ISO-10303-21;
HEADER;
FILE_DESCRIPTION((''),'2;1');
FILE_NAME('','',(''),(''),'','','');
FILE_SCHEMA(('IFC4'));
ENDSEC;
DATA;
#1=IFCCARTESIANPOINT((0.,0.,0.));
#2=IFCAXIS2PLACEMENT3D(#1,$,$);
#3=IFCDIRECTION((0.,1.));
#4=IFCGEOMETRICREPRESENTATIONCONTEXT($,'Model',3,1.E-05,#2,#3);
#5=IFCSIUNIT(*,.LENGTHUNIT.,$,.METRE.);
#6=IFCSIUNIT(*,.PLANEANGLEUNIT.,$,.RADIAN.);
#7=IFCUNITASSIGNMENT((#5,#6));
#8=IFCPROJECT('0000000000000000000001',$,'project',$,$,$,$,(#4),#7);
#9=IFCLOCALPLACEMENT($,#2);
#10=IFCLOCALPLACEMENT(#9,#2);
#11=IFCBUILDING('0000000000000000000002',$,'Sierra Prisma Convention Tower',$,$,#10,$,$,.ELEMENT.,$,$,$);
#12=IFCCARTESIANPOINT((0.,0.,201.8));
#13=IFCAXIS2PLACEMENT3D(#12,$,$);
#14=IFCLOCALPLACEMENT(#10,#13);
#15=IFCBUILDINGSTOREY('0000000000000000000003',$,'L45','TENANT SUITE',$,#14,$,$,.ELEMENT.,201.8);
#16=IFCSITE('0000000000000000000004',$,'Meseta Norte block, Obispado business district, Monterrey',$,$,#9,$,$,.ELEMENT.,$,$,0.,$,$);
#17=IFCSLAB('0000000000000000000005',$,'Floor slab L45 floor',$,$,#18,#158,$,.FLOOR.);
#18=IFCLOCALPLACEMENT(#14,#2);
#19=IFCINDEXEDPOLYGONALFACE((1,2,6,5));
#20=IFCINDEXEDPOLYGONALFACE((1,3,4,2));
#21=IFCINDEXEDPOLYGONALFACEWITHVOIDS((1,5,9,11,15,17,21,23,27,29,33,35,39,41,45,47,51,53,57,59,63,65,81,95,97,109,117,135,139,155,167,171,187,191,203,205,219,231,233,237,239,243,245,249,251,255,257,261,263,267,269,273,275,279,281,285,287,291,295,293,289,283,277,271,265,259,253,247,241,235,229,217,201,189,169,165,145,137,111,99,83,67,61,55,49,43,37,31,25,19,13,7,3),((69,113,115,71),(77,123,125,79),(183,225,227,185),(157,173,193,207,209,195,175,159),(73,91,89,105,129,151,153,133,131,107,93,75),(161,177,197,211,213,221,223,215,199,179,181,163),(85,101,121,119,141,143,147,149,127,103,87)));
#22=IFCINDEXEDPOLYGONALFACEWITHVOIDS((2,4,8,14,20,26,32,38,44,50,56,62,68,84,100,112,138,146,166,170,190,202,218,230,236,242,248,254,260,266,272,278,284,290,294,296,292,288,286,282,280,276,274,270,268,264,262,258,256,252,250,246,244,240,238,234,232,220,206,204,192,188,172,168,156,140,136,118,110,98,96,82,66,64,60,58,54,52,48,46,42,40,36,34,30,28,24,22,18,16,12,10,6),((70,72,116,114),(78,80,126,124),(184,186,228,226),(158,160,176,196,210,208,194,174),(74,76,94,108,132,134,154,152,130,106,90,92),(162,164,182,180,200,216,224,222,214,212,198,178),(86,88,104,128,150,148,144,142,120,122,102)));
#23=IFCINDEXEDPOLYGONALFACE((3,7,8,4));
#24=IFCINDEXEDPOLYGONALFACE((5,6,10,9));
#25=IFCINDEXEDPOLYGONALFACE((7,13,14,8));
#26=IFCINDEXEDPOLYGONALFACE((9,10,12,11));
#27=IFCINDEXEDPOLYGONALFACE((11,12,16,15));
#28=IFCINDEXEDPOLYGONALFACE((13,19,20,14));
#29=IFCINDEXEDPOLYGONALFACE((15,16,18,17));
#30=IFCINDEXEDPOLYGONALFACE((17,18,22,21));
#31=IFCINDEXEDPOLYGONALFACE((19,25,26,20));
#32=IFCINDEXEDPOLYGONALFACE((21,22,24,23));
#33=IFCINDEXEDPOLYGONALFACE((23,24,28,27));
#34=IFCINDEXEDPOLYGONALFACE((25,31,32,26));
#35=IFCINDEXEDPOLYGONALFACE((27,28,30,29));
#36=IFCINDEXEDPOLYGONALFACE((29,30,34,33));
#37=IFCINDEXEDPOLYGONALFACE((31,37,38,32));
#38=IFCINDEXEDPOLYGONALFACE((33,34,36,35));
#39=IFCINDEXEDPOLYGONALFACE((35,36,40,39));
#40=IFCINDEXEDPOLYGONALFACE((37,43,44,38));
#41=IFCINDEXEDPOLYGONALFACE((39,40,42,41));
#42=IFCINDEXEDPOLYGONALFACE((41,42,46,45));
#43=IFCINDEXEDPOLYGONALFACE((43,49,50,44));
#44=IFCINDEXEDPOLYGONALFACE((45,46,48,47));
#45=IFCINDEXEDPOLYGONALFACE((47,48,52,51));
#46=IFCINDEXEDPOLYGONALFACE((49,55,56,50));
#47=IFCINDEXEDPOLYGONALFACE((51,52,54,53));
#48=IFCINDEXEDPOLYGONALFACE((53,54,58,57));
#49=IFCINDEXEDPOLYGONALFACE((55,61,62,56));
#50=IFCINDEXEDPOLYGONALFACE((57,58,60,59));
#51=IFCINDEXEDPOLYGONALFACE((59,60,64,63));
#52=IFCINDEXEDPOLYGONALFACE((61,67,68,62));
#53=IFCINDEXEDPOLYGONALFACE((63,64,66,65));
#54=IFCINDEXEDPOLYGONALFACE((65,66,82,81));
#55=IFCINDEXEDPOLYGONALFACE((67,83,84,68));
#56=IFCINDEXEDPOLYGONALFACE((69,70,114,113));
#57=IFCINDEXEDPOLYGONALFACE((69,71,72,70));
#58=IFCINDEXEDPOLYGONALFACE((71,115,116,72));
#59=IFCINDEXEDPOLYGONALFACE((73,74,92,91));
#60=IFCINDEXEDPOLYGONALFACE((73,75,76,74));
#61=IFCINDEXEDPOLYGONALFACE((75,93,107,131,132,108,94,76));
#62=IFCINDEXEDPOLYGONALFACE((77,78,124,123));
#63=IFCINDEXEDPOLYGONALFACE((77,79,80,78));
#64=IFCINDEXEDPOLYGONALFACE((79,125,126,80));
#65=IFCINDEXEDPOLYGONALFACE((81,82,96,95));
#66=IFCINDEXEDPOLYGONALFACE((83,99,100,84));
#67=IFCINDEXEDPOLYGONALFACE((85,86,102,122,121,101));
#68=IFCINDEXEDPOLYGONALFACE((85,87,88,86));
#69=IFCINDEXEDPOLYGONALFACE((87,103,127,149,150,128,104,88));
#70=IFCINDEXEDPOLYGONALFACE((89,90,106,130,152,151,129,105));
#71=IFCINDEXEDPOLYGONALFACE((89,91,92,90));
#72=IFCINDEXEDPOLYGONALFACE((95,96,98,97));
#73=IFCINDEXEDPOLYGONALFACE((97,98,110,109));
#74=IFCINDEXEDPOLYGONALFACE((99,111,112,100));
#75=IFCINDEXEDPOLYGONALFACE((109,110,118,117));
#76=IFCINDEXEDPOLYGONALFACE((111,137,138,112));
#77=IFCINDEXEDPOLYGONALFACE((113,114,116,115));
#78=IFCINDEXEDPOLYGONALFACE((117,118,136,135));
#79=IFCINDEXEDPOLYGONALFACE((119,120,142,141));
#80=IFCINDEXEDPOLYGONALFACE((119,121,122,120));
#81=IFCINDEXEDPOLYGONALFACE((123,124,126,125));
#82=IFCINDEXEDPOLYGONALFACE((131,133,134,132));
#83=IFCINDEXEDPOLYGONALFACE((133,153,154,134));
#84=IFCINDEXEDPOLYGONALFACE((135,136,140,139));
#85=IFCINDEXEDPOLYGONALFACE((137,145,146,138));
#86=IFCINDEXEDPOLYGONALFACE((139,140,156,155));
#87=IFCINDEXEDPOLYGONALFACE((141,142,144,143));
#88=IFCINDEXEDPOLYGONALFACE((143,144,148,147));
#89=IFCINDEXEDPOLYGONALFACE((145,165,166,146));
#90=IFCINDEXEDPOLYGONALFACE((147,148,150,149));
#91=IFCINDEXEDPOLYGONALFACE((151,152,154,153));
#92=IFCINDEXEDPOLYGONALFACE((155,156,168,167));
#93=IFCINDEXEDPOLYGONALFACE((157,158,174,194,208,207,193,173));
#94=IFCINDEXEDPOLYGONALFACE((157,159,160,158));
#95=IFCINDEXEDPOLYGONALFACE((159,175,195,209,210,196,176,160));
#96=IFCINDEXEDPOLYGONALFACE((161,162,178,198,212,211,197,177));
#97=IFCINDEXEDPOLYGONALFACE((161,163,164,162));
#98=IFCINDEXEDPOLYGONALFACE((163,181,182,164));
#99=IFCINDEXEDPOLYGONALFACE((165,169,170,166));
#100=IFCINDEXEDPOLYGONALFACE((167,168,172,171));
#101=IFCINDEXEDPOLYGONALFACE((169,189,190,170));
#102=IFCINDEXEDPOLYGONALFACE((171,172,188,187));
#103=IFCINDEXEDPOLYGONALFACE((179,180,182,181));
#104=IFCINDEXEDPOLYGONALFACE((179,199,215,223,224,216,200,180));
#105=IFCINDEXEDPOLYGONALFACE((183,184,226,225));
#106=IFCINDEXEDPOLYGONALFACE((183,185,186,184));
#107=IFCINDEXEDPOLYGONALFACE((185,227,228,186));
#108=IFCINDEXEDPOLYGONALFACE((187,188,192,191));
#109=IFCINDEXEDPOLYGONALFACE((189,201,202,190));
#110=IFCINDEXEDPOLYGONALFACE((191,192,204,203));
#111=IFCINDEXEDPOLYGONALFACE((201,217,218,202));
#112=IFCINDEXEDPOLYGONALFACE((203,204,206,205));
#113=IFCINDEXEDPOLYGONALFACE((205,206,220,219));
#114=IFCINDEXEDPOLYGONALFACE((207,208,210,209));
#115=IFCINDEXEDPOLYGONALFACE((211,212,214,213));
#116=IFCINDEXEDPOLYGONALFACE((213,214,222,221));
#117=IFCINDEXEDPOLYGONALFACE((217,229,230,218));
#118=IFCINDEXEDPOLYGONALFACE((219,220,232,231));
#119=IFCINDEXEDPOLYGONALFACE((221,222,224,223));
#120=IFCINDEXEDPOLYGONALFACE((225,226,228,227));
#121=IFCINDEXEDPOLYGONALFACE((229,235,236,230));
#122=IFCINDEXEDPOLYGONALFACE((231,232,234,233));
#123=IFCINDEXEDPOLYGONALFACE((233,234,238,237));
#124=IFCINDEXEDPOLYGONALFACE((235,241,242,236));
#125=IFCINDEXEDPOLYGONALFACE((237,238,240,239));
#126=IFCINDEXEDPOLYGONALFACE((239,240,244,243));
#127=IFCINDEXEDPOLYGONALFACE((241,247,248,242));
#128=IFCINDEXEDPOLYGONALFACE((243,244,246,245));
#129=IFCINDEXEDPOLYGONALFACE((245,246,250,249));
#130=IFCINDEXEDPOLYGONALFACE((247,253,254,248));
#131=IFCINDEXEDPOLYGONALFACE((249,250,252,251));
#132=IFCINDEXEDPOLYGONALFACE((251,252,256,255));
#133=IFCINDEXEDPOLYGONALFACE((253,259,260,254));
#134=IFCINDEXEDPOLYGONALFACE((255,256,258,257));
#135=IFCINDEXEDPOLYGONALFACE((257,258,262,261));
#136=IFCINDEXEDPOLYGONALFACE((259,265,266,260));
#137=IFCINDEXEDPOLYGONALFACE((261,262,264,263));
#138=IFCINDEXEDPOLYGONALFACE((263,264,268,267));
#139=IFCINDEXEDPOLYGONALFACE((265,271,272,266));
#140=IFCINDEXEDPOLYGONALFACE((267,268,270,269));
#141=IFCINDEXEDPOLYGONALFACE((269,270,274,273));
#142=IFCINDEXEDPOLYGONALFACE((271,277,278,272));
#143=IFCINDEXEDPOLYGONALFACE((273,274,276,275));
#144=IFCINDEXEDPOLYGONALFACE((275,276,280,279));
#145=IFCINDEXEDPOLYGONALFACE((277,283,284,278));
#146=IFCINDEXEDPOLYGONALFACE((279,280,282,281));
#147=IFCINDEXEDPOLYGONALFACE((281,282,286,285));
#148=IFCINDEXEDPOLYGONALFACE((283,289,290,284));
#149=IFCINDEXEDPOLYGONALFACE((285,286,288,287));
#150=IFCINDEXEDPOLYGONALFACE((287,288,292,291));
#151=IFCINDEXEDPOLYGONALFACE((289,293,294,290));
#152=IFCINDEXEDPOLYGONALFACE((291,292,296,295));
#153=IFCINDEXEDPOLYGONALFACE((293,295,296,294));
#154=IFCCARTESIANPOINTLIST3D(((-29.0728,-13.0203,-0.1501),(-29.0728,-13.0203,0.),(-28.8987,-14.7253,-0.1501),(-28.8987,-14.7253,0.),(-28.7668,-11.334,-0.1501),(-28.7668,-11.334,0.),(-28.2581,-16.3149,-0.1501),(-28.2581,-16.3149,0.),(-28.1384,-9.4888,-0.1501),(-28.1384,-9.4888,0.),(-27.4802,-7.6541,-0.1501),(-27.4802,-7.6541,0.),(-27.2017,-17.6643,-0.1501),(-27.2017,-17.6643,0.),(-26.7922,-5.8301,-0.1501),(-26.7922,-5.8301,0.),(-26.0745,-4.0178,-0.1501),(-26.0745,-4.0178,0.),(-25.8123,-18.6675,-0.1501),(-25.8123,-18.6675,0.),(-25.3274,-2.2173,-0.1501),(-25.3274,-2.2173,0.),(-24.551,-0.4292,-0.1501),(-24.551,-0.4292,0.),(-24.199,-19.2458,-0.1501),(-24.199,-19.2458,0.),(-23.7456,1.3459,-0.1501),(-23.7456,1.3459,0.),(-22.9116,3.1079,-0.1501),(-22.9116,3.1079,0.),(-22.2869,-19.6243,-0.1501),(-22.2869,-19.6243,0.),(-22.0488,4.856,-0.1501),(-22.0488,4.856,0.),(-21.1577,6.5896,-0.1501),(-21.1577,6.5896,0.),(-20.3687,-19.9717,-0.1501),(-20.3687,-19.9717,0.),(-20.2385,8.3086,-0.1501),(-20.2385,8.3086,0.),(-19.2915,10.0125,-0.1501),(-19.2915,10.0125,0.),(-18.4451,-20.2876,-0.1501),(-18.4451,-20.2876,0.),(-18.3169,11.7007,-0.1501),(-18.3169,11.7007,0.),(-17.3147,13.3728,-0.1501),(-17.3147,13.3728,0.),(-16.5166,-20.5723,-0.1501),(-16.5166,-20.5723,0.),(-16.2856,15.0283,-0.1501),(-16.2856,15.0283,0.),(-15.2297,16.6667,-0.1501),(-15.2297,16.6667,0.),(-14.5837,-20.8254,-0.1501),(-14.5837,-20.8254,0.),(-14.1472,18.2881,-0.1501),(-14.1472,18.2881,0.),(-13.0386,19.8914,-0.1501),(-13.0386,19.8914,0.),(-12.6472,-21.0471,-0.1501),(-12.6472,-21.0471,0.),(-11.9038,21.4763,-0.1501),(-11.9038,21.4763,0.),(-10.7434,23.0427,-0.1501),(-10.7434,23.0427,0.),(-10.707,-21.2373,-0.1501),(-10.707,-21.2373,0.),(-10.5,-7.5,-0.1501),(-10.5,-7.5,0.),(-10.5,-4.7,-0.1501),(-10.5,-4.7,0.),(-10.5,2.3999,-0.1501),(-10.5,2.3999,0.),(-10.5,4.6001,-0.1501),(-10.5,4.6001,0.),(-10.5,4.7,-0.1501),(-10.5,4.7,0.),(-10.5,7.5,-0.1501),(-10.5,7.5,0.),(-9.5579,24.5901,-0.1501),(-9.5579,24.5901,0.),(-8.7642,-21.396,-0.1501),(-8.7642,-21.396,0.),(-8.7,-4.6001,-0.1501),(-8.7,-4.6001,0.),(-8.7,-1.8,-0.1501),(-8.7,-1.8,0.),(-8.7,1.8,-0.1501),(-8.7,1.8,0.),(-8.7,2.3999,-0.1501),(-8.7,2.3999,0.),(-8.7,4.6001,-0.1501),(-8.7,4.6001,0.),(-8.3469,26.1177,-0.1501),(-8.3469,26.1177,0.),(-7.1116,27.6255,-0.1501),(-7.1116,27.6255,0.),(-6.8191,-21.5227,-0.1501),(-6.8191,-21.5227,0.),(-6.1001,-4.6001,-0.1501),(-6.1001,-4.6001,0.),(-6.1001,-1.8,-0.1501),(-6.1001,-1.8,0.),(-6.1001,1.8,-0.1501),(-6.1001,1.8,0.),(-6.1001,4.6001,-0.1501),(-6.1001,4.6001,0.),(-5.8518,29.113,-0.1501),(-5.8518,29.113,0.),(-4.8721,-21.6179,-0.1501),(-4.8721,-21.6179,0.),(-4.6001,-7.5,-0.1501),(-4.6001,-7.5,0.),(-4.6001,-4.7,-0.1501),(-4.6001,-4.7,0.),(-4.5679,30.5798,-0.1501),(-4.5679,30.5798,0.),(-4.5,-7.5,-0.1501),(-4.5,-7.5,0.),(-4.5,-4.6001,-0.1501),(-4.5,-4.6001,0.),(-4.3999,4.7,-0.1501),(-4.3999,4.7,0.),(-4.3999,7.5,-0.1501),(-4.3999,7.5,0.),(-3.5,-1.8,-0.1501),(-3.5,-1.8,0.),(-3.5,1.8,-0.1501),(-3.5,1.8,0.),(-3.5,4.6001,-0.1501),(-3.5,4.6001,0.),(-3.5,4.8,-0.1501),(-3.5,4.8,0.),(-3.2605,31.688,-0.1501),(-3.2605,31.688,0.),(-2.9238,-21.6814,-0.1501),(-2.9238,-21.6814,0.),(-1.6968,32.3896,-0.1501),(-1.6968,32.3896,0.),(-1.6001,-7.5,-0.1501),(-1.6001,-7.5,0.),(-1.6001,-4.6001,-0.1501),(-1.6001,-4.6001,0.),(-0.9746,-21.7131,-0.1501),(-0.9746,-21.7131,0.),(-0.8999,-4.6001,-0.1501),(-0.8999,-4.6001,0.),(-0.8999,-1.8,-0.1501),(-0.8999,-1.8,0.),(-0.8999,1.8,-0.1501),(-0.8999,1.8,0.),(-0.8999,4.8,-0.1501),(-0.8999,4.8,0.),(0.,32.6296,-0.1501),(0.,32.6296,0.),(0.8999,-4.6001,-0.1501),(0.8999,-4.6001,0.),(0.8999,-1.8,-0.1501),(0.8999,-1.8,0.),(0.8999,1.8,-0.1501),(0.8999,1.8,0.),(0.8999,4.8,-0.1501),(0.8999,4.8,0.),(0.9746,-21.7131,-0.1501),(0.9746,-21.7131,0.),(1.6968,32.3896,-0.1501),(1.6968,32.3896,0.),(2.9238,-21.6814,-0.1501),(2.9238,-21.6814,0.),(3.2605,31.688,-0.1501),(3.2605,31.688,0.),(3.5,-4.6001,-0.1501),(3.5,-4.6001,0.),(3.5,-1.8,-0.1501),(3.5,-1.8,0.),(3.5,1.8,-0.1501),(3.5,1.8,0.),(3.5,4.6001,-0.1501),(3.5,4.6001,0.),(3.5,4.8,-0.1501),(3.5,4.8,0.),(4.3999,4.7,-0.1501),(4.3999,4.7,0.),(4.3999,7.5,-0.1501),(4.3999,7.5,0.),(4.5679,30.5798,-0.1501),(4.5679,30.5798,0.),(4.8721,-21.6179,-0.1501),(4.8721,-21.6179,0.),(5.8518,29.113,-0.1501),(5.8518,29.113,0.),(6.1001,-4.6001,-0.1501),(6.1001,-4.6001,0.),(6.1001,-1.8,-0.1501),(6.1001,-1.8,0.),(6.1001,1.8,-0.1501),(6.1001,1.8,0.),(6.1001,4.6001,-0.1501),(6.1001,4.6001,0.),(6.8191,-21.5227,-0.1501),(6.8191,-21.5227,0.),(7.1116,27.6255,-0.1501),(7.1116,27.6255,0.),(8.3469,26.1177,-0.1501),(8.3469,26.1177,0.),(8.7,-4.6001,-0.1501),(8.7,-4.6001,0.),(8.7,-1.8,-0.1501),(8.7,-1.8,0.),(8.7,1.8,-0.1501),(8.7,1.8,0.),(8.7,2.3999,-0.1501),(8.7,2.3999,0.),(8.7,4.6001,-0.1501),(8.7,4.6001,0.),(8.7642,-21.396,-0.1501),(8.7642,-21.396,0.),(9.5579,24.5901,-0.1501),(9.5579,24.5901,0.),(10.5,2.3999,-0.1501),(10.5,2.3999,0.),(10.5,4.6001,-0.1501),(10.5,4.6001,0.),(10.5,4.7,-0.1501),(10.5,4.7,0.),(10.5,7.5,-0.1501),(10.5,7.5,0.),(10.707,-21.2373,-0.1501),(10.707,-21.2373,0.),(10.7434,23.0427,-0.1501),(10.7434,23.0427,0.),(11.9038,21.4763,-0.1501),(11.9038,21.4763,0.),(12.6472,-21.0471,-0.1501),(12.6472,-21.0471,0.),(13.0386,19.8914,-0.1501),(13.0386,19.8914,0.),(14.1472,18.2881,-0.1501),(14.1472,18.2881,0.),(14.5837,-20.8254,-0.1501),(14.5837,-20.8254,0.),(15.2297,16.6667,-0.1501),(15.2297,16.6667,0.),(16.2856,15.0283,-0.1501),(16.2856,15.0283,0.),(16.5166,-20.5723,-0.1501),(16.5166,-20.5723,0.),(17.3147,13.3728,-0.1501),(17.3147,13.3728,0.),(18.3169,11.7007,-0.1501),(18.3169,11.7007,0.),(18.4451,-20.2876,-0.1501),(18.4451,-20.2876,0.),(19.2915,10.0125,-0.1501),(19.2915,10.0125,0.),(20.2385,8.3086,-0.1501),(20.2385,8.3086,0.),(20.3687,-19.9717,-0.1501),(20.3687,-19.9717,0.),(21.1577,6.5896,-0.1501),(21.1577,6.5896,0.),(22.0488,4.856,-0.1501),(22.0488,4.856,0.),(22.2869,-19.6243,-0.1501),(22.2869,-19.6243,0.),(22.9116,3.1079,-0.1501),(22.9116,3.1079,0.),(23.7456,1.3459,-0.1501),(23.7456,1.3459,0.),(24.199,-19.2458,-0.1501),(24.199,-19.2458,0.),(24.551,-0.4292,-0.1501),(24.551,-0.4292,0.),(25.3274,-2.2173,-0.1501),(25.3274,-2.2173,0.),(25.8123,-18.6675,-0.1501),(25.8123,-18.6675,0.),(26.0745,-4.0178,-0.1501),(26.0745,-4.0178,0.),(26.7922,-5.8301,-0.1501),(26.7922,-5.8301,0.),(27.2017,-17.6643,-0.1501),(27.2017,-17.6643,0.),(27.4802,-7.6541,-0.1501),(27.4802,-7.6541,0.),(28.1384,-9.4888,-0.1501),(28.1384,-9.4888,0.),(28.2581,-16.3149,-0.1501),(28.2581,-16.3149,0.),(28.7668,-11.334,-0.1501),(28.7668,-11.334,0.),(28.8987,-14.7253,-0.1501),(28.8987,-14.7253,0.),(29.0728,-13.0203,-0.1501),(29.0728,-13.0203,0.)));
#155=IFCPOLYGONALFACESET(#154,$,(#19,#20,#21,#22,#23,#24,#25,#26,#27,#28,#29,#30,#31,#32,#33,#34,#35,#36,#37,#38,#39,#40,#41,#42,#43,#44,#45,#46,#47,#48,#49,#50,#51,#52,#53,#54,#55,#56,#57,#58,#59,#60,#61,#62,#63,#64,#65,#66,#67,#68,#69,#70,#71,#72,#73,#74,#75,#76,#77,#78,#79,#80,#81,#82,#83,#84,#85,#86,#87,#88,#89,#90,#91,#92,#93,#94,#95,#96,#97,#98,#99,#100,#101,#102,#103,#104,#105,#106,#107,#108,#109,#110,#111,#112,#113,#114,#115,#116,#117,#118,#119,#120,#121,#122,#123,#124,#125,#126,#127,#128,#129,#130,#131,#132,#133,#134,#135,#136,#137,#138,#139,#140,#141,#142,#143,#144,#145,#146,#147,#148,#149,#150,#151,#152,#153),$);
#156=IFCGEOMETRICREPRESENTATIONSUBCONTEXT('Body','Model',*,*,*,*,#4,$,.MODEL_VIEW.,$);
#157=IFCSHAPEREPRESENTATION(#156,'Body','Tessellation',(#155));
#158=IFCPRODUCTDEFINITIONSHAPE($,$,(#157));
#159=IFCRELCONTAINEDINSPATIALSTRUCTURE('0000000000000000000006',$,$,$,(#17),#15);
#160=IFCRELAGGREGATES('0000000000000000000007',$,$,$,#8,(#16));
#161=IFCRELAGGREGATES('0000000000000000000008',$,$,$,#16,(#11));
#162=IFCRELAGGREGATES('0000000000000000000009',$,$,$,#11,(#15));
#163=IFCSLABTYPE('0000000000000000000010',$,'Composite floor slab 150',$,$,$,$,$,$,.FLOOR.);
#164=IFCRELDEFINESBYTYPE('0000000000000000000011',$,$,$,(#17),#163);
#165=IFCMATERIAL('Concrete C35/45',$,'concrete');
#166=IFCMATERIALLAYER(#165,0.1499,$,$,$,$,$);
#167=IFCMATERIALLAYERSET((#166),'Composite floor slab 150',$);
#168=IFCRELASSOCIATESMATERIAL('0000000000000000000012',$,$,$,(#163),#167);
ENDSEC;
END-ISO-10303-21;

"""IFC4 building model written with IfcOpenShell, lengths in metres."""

from ifc_helpers import new_model, si_unit, direction, frame, origin, place, context, subcontext, project, spatial, polyline, outline, extrude, material, layer, layer_set, type_object, element, save


model = new_model("IFC4")

# Units and contexts
model_context = context("Model", 3, precision=1e-05, world=origin(), true_north=direction((0.0, 1.0)))
body_context = subcontext(model_context, "Body", "Model", "MODEL_VIEW")
ifc_project = project(units=[si_unit("LENGTHUNIT", "METRE"), si_unit("PLANEANGLEUNIT", "RADIAN")], contexts=[model_context])

# Site, building, storey
site_placement = place(None, origin())
site = spatial("IfcSite", under=ifc_project, at=site_placement, Name="Meseta Norte block, Obispado business district, Monterrey", CompositionType="ELEMENT", RefElevation=0.0)
building_placement = place(site_placement, origin())
building = spatial("IfcBuilding", under=site, at=building_placement, Name="Sierra Prisma Convention Tower", CompositionType="ELEMENT")
storey_placement = place(building_placement, frame((0.0, 0.0, 201.8)))
storey = spatial("IfcBuildingStorey", under=building, at=storey_placement, Name="L45", Description="TENANT SUITE", CompositionType="ELEMENT", Elevation=201.8)

# Slab
ifc_material_1 = material(Name="Concrete C35/45", Category="concrete")
ifc_layer_1 = layer(ifc_material_1, 0.1499)
ifc_layer_set_1 = layer_set([ifc_layer_1], Name="Composite floor slab 150")
slab_type = type_object("IfcSlabType", Name="Composite floor slab 150", PredefinedType="FLOOR", material=ifc_layer_set_1)
slab_placement = place(storey_placement, frame((0.0, 0.0, -0.1501)))
element("IfcSlab", 1, at=slab_placement, inside=storey, type_object=slab_type, Name="Floor slab L45 floor", PredefinedType="FLOOR", context=body_context, shape_type="SweptSolid", body=[
    extrude(outline(polyline([(-24.199, -19.2458), (-22.2869, -19.6243), (-20.3687, -19.9717), (-18.4451, -20.2876), (-16.5166, -20.5723), (-14.5837, -20.8254), (-12.6472, -21.0471), (-10.707, -21.2373), (-8.7642, -21.396), (-6.8191, -21.5227), (-4.8721, -21.6179), (-2.9238, -21.6814), (-0.9746, -21.7131), (0.9746, -21.7131), (2.9238, -21.6814), (4.8721, -21.6179), (6.8191, -21.5227), (8.7642, -21.396), (10.707, -21.2373), (12.6472, -21.0471), (14.5837, -20.8254), (16.5166, -20.5723), (18.4451, -20.2876), (20.3687, -19.9717), (22.2869, -19.6243), (24.199, -19.2458), (25.8123, -18.6675), (27.2017, -17.6643), (28.2581, -16.3149), (28.8987, -14.7253), (29.0728, -13.0203), (28.7668, -11.334), (28.1384, -9.4888), (27.4802, -7.6541), (26.7922, -5.8301), (26.0745, -4.0178), (25.3274, -2.2173), (24.551, -0.4292), (23.7456, 1.3459), (22.9116, 3.1079), (22.0488, 4.856), (21.1577, 6.5896), (20.2385, 8.3086), (19.2915, 10.0125), (18.3169, 11.7007), (17.3147, 13.3728), (16.2856, 15.0283), (15.2297, 16.6667), (14.1472, 18.2881), (13.0386, 19.8914), (11.9038, 21.4763), (10.7434, 23.0427), (9.5579, 24.5901), (8.3469, 26.1177), (7.1116, 27.6255), (5.8518, 29.113), (4.5679, 30.5798), (3.2605, 31.688), (1.6968, 32.3896), (0.0, 32.6296), (-1.6968, 32.3896), (-3.2605, 31.688), (-4.5679, 30.5798), (-5.8518, 29.113), (-7.1116, 27.6255), (-8.3469, 26.1177), (-9.5579, 24.5901), (-10.7434, 23.0427), (-11.9038, 21.4763), (-13.0386, 19.8914), (-14.1472, 18.2881), (-15.2297, 16.6667), (-16.2856, 15.0283), (-17.3147, 13.3728), (-18.3169, 11.7007), (-19.2915, 10.0125), (-20.2385, 8.3086), (-21.1577, 6.5896), (-22.0488, 4.856), (-22.9116, 3.1079), (-23.7456, 1.3459), (-24.551, -0.4292), (-25.3274, -2.2173), (-26.0745, -4.0178), (-26.7922, -5.8301), (-27.4802, -7.6541), (-28.1384, -9.4888), (-28.7668, -11.334), (-29.0728, -13.0203), (-28.8987, -14.7253), (-28.2581, -16.3149), (-27.2017, -17.6643), (-25.8123, -18.6675), (-24.199, -19.2458)]), holes=[polyline([(-4.6001, -7.5), (-10.5, -7.5), (-10.5, -4.7), (-4.6001, -4.7), (-4.6001, -7.5)]), polyline([(-8.7, -4.6001), (-8.7, -1.8), (-6.1001, -1.8), (-3.5, -1.8), (-0.8999, -1.8), (-0.8999, -4.6001), (-1.6001, -4.6001), (-1.6001, -7.5), (-4.5, -7.5), (-4.5, -4.6001), (-6.1001, -4.6001), (-8.7, -4.6001)]), polyline([(-10.5, 4.6001), (-8.7, 4.6001), (-6.1001, 4.6001), (-3.5, 4.6001), (-3.5, 4.8), (-0.8999, 4.8), (-0.8999, 1.8), (-3.5, 1.8), (-6.1001, 1.8), (-8.7, 1.8), (-8.7, 2.3999), (-10.5, 2.3999), (-10.5, 4.6001)]), polyline([(-10.5, 4.7), (-10.5, 7.5), (-4.3999, 7.5), (-4.3999, 4.7), (-10.5, 4.7)]), polyline([(6.1001, -1.8), (8.7, -1.8), (8.7, -4.6001), (6.1001, -4.6001), (3.5, -4.6001), (0.8999, -4.6001), (0.8999, -1.8), (3.5, -1.8), (6.1001, -1.8)]), polyline([(8.7, 4.6001), (10.5, 4.6001), (10.5, 2.3999), (8.7, 2.3999), (8.7, 1.8), (6.1001, 1.8), (3.5, 1.8), (0.8999, 1.8), (0.8999, 4.8), (3.5, 4.8), (3.5, 4.6001), (6.1001, 4.6001), (8.7, 4.6001)]), polyline([(4.3999, 4.7), (4.3999, 7.5), (10.5, 7.5), (10.5, 4.7), (4.3999, 4.7)])]), origin(), (0.0, 0.0, 1.0), 0.1501),
])

save(model, "model.ifc")
